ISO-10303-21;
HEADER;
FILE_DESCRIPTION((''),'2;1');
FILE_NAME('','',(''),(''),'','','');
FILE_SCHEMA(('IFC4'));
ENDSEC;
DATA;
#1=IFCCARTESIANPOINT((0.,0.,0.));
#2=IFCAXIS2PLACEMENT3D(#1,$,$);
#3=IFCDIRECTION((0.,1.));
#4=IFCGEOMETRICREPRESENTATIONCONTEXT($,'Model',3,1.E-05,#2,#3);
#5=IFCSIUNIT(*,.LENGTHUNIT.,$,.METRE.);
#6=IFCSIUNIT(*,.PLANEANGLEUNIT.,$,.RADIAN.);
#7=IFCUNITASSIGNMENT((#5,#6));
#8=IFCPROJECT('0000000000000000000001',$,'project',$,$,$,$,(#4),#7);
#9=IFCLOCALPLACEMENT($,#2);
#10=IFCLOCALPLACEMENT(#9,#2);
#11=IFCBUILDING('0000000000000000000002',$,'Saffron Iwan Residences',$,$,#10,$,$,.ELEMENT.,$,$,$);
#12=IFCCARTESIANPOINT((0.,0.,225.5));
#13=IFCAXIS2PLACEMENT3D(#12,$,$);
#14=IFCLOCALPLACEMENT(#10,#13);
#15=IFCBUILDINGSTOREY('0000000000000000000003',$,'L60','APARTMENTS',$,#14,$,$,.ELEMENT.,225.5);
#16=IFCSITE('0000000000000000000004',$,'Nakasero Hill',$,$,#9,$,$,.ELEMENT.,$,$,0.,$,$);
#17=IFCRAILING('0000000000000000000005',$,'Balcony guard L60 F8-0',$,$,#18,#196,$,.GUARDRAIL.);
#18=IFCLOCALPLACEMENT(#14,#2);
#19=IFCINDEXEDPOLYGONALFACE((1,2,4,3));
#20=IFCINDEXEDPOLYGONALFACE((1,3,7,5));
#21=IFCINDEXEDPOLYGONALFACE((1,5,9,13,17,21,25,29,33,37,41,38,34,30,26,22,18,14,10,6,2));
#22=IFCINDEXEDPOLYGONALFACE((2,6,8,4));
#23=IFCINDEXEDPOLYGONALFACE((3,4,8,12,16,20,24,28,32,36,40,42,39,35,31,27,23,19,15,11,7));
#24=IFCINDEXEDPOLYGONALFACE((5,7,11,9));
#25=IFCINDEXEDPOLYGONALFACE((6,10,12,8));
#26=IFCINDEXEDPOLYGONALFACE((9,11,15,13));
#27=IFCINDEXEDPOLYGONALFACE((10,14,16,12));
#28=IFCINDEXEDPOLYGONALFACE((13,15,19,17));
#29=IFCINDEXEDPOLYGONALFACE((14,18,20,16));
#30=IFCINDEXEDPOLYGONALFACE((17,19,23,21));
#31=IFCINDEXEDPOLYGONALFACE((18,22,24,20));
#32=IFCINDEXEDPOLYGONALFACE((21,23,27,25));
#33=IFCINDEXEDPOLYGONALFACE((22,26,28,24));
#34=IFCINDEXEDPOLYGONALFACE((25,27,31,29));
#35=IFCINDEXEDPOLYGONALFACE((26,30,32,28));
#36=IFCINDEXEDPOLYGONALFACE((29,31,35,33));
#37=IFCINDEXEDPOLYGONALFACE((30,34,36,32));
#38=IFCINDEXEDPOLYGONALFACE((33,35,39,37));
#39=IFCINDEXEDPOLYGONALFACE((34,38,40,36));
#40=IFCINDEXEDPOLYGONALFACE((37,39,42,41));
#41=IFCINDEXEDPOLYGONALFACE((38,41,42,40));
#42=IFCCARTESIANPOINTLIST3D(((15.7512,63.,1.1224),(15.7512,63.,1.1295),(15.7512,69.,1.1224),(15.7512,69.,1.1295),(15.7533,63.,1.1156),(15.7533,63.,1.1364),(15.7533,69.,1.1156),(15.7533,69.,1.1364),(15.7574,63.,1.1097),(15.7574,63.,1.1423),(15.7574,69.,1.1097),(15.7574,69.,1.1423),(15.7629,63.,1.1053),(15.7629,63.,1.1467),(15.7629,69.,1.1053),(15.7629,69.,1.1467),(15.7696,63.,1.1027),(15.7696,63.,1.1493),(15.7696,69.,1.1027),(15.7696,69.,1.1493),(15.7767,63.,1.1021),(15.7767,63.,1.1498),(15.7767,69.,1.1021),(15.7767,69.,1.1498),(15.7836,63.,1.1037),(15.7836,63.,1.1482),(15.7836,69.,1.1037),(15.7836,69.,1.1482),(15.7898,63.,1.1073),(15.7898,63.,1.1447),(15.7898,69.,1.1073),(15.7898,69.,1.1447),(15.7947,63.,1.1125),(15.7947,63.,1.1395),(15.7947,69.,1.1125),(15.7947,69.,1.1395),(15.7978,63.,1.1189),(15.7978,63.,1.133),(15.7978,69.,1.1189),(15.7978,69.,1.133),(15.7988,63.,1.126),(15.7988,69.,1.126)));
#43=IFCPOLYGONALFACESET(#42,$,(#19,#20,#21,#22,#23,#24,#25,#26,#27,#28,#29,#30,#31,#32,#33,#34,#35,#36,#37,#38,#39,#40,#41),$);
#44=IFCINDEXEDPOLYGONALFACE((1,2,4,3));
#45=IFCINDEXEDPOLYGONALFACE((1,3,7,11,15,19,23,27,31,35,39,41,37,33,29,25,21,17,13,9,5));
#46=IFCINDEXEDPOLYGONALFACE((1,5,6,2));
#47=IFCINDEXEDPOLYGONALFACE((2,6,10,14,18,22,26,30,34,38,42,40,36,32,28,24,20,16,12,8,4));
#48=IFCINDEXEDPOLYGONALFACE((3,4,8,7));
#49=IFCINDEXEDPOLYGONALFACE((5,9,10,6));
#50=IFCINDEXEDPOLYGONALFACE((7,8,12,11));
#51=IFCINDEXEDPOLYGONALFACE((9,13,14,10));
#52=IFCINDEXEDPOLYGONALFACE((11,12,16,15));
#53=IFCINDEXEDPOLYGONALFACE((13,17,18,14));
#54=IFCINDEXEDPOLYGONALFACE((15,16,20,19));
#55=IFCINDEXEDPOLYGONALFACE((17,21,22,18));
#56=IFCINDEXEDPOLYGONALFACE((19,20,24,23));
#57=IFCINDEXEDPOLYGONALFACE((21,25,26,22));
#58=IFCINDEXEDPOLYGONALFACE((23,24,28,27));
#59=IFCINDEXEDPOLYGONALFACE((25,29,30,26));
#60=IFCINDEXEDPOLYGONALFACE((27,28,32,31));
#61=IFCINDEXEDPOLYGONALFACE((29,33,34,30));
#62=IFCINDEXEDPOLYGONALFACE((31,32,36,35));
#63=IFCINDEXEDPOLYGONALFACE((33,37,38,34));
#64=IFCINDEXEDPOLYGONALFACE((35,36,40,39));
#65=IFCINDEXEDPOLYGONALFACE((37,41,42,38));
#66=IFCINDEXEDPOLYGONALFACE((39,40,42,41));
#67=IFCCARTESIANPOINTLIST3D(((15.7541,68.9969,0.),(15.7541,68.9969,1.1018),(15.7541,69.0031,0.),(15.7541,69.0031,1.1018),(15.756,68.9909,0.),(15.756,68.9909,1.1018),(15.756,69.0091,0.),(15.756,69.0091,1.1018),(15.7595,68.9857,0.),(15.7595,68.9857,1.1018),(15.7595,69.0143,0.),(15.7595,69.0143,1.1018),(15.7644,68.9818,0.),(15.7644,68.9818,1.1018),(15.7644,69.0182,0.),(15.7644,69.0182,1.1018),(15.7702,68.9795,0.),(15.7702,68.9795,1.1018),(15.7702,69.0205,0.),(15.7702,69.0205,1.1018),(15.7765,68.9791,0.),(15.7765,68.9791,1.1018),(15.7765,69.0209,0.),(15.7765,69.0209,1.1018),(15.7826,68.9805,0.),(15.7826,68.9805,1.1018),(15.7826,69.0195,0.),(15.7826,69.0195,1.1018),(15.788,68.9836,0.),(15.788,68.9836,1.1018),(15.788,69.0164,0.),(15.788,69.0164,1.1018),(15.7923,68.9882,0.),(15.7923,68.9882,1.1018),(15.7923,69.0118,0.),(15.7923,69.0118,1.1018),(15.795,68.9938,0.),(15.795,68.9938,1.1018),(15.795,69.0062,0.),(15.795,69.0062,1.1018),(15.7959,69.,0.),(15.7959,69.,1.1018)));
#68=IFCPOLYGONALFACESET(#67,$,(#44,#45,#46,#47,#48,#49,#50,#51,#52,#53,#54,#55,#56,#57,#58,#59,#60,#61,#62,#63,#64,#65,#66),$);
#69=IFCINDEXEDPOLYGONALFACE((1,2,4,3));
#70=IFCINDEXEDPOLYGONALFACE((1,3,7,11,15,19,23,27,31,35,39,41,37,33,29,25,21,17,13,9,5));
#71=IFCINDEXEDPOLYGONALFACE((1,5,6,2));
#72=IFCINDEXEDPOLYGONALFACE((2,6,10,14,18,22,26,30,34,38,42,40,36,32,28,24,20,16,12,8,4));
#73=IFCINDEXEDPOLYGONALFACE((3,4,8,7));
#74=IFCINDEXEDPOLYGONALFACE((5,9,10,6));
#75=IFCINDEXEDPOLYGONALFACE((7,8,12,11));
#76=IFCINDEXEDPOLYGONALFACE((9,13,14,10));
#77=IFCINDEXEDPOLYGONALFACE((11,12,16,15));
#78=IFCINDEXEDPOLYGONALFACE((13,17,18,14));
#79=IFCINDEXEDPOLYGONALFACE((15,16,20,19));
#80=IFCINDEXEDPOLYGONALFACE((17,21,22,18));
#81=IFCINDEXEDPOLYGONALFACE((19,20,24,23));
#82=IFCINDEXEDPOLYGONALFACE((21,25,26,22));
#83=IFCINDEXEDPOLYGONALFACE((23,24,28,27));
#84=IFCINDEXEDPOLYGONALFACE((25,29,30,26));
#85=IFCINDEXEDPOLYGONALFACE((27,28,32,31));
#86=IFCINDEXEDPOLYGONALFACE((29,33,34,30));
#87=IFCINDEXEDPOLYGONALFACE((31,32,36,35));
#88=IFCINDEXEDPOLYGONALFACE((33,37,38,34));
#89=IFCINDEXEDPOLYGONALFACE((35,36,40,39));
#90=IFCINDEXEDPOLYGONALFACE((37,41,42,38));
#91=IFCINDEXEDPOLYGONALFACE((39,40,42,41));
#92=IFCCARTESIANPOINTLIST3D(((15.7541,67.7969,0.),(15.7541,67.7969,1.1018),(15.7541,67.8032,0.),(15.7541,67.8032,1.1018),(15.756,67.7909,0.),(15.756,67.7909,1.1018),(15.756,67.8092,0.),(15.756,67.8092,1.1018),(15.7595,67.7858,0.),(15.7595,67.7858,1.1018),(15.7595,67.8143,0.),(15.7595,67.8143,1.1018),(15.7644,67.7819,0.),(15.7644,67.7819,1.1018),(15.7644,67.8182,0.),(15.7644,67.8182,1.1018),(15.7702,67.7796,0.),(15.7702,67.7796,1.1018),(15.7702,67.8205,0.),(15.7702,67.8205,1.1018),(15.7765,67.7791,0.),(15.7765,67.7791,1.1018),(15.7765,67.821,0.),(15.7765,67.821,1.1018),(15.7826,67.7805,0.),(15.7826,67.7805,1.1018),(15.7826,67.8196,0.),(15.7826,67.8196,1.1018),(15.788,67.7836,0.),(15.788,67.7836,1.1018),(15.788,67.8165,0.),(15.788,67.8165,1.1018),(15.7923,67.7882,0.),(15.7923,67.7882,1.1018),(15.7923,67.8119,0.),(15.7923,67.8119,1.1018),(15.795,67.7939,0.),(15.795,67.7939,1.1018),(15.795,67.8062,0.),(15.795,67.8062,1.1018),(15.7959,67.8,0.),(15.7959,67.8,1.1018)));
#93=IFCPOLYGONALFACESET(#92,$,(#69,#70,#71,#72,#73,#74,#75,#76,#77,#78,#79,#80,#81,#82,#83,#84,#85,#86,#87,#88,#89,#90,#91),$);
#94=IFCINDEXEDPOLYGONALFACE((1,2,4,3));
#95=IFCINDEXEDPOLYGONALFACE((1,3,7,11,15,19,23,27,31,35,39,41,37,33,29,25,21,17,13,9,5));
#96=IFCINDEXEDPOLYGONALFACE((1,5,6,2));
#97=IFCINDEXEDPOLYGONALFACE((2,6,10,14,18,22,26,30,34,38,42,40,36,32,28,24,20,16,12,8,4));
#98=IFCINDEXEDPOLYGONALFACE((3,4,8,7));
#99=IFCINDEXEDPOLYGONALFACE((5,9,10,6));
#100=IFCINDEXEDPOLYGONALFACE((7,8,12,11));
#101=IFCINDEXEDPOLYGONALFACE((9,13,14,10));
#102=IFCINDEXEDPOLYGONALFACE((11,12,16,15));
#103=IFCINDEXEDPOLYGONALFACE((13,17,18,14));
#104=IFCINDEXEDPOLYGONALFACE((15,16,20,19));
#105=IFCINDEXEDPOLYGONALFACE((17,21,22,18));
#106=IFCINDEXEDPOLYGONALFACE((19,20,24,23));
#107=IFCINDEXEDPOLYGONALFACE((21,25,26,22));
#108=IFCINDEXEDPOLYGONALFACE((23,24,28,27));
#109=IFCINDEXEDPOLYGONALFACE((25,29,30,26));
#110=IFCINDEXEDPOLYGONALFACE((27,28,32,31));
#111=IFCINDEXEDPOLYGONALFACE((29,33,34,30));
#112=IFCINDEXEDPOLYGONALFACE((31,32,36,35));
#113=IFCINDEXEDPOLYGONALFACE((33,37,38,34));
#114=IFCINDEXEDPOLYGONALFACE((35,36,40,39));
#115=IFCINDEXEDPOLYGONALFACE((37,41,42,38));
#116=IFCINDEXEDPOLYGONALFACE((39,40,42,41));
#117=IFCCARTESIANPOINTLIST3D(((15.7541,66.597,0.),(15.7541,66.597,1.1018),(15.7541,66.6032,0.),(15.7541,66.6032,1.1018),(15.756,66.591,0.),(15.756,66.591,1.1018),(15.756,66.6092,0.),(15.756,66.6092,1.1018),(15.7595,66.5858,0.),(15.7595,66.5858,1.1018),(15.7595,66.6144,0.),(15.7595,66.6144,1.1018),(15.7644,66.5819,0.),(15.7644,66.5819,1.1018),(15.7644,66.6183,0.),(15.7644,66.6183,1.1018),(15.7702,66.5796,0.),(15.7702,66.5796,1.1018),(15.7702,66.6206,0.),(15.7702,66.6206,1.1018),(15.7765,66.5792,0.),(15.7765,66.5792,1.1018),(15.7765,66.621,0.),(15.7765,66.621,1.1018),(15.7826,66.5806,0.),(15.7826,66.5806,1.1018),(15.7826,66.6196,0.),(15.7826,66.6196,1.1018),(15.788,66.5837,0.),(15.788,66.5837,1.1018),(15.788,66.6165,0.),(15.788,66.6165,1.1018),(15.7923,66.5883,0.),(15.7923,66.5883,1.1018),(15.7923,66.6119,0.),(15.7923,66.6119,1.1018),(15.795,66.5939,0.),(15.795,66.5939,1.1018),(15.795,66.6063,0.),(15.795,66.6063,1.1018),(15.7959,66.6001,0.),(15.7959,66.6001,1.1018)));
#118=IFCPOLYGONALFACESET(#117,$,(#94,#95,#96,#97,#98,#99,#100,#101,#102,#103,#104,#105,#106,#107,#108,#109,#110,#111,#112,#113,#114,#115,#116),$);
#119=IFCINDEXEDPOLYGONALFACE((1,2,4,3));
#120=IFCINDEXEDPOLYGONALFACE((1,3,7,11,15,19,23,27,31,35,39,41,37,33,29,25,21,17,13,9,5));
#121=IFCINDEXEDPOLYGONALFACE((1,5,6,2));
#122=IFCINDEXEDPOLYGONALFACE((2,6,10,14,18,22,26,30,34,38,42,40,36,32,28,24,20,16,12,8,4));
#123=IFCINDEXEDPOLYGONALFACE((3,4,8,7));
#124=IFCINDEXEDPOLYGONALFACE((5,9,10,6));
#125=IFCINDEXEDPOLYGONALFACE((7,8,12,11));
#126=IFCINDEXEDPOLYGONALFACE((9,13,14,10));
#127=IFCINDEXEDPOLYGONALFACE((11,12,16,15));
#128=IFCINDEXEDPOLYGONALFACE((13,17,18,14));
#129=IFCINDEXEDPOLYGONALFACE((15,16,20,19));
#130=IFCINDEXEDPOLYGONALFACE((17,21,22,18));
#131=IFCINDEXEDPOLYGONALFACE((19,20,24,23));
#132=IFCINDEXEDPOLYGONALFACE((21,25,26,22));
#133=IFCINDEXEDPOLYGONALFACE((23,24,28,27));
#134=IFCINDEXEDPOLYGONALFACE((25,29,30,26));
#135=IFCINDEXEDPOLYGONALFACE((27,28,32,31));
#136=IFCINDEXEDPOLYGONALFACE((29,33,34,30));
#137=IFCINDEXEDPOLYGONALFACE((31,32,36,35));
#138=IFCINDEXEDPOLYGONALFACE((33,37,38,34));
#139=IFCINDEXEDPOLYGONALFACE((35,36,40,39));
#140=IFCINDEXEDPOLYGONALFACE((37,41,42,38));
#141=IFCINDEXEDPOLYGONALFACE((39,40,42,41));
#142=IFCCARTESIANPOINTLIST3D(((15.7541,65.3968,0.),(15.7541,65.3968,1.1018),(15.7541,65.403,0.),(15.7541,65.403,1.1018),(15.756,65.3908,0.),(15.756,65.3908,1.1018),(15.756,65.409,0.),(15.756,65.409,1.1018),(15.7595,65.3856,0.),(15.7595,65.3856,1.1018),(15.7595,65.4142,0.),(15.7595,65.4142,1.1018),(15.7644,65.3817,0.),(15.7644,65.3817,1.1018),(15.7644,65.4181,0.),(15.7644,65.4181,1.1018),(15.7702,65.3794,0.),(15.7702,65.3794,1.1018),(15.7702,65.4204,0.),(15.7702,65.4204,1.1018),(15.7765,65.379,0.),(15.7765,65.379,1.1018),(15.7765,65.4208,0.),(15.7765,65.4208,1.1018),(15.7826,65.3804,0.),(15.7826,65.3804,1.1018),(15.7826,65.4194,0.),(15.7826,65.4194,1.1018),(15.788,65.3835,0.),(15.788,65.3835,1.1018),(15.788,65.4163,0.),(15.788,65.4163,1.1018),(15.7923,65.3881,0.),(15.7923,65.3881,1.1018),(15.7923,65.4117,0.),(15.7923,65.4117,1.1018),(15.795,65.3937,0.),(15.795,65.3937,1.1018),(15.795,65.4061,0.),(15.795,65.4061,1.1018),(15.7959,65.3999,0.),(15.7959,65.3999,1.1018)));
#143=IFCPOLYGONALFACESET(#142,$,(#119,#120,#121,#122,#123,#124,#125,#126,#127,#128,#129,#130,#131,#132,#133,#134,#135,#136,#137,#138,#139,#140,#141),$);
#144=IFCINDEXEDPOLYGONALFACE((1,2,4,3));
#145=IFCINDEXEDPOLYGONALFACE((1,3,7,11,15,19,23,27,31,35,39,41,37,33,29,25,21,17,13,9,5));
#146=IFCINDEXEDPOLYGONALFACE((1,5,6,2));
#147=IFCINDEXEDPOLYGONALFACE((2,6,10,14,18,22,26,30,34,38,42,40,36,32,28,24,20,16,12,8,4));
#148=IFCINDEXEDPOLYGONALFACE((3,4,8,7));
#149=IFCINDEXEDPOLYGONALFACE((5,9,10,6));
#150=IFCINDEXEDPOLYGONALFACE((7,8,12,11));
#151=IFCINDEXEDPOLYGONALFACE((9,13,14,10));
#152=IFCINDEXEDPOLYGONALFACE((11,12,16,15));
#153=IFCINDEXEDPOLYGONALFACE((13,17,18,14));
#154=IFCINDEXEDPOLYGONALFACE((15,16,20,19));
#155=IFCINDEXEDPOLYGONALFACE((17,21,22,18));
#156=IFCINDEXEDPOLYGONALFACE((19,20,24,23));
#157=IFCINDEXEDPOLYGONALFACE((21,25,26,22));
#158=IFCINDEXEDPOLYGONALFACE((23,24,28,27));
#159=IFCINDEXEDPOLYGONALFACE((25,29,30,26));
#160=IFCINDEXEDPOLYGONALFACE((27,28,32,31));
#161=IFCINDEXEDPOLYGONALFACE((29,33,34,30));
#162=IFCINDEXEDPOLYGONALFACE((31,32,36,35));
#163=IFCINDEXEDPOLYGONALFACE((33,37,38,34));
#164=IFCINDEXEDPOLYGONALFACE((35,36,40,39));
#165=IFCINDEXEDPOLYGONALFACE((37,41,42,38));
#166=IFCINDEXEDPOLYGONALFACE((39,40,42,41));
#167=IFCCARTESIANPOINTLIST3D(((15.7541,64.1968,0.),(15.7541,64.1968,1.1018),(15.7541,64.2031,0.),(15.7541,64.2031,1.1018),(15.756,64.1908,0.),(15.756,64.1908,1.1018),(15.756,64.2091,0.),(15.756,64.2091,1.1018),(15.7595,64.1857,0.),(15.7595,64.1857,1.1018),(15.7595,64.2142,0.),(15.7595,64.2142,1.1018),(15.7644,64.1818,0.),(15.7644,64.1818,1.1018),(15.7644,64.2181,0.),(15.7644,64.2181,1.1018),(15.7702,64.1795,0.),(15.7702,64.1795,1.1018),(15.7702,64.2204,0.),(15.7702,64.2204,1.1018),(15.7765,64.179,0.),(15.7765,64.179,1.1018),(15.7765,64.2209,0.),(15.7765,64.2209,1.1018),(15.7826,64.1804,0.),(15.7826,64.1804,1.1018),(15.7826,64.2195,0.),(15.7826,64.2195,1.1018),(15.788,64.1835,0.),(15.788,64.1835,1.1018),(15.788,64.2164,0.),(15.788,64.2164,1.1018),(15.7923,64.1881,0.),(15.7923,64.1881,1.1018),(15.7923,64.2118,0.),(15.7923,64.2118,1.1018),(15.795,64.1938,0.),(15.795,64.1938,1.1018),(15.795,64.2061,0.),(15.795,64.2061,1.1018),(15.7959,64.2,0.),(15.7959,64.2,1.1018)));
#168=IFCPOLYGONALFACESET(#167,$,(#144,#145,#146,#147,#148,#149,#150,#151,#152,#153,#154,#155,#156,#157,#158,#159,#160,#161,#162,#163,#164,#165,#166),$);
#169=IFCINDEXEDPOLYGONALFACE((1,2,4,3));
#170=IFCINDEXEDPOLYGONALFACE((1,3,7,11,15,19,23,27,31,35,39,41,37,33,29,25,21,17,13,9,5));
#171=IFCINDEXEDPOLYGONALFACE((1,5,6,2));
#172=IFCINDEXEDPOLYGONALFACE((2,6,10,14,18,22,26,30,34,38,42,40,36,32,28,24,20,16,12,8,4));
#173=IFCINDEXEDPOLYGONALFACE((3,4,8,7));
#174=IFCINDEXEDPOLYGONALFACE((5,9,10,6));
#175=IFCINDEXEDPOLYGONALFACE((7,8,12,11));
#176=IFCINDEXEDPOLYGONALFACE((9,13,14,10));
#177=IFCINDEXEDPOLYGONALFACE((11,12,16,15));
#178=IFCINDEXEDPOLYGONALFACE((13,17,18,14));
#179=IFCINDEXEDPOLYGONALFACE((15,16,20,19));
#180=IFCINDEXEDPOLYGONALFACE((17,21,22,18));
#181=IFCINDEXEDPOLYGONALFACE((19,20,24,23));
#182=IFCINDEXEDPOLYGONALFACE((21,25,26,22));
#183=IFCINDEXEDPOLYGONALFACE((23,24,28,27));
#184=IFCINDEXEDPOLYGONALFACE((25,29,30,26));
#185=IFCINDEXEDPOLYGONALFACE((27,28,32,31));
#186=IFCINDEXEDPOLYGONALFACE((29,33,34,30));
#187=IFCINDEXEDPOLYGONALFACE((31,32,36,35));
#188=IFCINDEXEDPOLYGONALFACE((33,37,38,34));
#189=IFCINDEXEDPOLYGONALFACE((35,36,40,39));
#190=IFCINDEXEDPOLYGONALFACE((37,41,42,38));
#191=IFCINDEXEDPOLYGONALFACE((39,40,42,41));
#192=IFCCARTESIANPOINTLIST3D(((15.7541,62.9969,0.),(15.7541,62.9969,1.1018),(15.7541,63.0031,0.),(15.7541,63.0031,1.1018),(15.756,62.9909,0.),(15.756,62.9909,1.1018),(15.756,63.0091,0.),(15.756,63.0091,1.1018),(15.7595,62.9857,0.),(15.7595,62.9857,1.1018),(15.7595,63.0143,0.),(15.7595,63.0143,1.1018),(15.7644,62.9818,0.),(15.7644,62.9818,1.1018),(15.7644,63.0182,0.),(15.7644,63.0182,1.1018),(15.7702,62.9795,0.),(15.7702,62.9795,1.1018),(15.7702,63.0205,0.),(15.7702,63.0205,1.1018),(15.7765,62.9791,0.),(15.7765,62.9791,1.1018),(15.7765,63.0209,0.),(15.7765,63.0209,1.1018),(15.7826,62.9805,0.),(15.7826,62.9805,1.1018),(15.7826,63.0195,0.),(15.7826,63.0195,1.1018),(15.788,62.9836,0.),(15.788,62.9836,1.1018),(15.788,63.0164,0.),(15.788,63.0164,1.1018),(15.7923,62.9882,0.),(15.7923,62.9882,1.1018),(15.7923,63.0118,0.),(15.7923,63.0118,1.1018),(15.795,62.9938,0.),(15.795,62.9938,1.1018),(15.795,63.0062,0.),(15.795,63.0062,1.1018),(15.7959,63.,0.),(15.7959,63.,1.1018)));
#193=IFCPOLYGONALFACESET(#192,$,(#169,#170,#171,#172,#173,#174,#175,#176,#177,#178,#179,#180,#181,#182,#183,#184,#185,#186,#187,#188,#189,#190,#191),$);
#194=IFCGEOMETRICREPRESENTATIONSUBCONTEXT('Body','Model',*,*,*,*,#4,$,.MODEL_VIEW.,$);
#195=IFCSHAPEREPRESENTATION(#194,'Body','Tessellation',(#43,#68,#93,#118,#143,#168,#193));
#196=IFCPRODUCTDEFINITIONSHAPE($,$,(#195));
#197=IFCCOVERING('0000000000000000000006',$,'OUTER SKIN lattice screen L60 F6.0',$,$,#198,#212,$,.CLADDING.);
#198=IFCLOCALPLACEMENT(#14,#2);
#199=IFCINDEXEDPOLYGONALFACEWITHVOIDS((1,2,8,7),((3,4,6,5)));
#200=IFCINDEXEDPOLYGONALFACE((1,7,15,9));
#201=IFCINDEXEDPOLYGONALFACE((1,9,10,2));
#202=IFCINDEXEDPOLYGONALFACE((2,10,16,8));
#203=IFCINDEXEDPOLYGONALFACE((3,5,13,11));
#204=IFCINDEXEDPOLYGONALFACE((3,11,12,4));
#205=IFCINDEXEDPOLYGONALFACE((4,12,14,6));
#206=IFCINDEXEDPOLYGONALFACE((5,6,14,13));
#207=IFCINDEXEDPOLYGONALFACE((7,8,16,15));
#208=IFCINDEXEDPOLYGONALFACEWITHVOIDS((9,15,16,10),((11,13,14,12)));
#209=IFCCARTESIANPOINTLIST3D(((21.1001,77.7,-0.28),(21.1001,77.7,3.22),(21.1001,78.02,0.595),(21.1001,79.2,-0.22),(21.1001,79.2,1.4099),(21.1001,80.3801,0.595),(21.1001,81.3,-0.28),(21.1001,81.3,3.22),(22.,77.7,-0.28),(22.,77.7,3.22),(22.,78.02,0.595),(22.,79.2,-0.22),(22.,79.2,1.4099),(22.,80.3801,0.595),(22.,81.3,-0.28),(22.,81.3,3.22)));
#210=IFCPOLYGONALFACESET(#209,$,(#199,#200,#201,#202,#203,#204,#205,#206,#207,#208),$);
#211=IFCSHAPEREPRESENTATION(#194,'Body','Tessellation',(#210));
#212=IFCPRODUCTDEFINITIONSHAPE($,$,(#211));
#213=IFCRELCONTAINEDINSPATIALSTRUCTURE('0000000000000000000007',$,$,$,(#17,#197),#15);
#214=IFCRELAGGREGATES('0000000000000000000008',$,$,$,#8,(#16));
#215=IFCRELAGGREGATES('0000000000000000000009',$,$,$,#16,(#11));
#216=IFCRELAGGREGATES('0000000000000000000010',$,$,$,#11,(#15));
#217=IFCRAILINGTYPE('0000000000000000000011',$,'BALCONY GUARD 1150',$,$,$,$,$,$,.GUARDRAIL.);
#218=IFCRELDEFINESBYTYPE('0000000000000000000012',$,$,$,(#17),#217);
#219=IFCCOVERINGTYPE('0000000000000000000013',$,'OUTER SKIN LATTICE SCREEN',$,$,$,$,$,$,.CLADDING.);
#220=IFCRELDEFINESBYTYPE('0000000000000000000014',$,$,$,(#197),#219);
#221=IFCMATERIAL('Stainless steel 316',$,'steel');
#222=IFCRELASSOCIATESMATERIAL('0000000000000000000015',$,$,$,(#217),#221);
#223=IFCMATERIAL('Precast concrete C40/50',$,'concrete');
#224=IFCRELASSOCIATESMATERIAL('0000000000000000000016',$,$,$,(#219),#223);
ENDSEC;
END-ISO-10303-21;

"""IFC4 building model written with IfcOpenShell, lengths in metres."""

from ifc_helpers import new_model, si_unit, direction, frame, origin, origin_2d, place, context, subcontext, project, spatial, polyline, circle, outline, extrude, material, type_object, element, save


model = new_model("IFC4")

# Units and contexts
model_context = context("Model", 3, precision=1e-05, world=origin(), true_north=direction((0.0, 1.0)))
body_context = subcontext(model_context, "Body", "Model", "MODEL_VIEW")
ifc_project = project(units=[si_unit("LENGTHUNIT", "METRE"), si_unit("PLANEANGLEUNIT", "RADIAN")], contexts=[model_context])

# Site, building, storey
site_placement = place(None, origin())
site = spatial("IfcSite", under=ifc_project, at=site_placement, Name="Nakasero Hill", CompositionType="ELEMENT", RefElevation=0.0)
building_placement = place(site_placement, origin())
building = spatial("IfcBuilding", under=site, at=building_placement, Name="Saffron Iwan Residences", CompositionType="ELEMENT")
storey_placement = place(building_placement, frame((0.0, 0.0, 225.5)))
storey = spatial("IfcBuildingStorey", under=building, at=storey_placement, Name="L60", Description="APARTMENTS", CompositionType="ELEMENT", Elevation=225.5)

# Railing
ifc_material_1 = material(Name="Stainless steel 316", Category="steel")
railing_type = type_object("IfcRailingType", Name="BALCONY GUARD 1150", PredefinedType="GUARDRAIL", material=ifc_material_1)
railing_placement = place(storey_placement, frame((15.7749, 69.0, 0.0)))
element("IfcRailing", 1, at=railing_placement, inside=storey, type_object=railing_type, Name="Balcony guard L60 F8-0", PredefinedType="GUARDRAIL", context=body_context, shape_type="SweptSolid", body=[
    extrude(circle(Radius=0.0239, at=origin_2d()), frame((0.0, 0.0, 1.126), z_axis=(0.0, -1.0, 0.0), x_axis=(1.0, 0.0, 0.0)), (0.0, 0.0, 1.0), 6.0),
    extrude(circle(Radius=0.021, at=origin_2d()), origin(), (0.0, 0.0, 1.0), 1.1018),
    extrude(circle(Radius=0.021, at=origin_2d()), frame((0.0, -1.2, 0.0)), (0.0, 0.0, 1.0), 1.1018),
    extrude(circle(Radius=0.021, at=origin_2d()), frame((0.0, -2.3999, 0.0)), (0.0, 0.0, 1.0), 1.1018),
    extrude(circle(Radius=0.021, at=origin_2d()), frame((0.0, -3.6001, 0.0)), (0.0, 0.0, 1.0), 1.1018),
    extrude(circle(Radius=0.021, at=origin_2d()), frame((0.0, -4.8, 0.0)), (0.0, 0.0, 1.0), 1.1018),
    extrude(circle(Radius=0.021, at=origin_2d()), frame((0.0, -6.0, 0.0)), (0.0, 0.0, 1.0), 1.1018),
])

# Covering
ifc_material_2 = material(Name="Precast concrete C40/50", Category="concrete")
covering_type_1 = type_object("IfcCoveringType", Name="OUTER SKIN LATTICE SCREEN", PredefinedType="CLADDING", material=ifc_material_2)
covering_1_placement = place(storey_placement, frame((22.0, 81.3, -0.28), z_axis=(-1.0, 0.0, 0.0), x_axis=(0.0, -1.0, 0.0)))
element("IfcCovering", 2, at=covering_1_placement, inside=storey, type_object=covering_type_1, Name="OUTER SKIN lattice screen L60 F6.0", PredefinedType="CLADDING", context=body_context, shape_type="SweptSolid", body=[
    extrude(outline(polyline([(0.0, 0.0), (3.6001, 0.0), (3.6001, 3.5), (0.0, 3.5), (0.0, 0.0)]), holes=[polyline([(0.9199, 0.875), (2.1001, 0.0601), (3.28, 0.875), (2.1001, 1.6899), (0.9199, 0.875)])]), origin(), (0.0, 0.0, 1.0), 0.8999),
])

save(model, "model.ifc")
